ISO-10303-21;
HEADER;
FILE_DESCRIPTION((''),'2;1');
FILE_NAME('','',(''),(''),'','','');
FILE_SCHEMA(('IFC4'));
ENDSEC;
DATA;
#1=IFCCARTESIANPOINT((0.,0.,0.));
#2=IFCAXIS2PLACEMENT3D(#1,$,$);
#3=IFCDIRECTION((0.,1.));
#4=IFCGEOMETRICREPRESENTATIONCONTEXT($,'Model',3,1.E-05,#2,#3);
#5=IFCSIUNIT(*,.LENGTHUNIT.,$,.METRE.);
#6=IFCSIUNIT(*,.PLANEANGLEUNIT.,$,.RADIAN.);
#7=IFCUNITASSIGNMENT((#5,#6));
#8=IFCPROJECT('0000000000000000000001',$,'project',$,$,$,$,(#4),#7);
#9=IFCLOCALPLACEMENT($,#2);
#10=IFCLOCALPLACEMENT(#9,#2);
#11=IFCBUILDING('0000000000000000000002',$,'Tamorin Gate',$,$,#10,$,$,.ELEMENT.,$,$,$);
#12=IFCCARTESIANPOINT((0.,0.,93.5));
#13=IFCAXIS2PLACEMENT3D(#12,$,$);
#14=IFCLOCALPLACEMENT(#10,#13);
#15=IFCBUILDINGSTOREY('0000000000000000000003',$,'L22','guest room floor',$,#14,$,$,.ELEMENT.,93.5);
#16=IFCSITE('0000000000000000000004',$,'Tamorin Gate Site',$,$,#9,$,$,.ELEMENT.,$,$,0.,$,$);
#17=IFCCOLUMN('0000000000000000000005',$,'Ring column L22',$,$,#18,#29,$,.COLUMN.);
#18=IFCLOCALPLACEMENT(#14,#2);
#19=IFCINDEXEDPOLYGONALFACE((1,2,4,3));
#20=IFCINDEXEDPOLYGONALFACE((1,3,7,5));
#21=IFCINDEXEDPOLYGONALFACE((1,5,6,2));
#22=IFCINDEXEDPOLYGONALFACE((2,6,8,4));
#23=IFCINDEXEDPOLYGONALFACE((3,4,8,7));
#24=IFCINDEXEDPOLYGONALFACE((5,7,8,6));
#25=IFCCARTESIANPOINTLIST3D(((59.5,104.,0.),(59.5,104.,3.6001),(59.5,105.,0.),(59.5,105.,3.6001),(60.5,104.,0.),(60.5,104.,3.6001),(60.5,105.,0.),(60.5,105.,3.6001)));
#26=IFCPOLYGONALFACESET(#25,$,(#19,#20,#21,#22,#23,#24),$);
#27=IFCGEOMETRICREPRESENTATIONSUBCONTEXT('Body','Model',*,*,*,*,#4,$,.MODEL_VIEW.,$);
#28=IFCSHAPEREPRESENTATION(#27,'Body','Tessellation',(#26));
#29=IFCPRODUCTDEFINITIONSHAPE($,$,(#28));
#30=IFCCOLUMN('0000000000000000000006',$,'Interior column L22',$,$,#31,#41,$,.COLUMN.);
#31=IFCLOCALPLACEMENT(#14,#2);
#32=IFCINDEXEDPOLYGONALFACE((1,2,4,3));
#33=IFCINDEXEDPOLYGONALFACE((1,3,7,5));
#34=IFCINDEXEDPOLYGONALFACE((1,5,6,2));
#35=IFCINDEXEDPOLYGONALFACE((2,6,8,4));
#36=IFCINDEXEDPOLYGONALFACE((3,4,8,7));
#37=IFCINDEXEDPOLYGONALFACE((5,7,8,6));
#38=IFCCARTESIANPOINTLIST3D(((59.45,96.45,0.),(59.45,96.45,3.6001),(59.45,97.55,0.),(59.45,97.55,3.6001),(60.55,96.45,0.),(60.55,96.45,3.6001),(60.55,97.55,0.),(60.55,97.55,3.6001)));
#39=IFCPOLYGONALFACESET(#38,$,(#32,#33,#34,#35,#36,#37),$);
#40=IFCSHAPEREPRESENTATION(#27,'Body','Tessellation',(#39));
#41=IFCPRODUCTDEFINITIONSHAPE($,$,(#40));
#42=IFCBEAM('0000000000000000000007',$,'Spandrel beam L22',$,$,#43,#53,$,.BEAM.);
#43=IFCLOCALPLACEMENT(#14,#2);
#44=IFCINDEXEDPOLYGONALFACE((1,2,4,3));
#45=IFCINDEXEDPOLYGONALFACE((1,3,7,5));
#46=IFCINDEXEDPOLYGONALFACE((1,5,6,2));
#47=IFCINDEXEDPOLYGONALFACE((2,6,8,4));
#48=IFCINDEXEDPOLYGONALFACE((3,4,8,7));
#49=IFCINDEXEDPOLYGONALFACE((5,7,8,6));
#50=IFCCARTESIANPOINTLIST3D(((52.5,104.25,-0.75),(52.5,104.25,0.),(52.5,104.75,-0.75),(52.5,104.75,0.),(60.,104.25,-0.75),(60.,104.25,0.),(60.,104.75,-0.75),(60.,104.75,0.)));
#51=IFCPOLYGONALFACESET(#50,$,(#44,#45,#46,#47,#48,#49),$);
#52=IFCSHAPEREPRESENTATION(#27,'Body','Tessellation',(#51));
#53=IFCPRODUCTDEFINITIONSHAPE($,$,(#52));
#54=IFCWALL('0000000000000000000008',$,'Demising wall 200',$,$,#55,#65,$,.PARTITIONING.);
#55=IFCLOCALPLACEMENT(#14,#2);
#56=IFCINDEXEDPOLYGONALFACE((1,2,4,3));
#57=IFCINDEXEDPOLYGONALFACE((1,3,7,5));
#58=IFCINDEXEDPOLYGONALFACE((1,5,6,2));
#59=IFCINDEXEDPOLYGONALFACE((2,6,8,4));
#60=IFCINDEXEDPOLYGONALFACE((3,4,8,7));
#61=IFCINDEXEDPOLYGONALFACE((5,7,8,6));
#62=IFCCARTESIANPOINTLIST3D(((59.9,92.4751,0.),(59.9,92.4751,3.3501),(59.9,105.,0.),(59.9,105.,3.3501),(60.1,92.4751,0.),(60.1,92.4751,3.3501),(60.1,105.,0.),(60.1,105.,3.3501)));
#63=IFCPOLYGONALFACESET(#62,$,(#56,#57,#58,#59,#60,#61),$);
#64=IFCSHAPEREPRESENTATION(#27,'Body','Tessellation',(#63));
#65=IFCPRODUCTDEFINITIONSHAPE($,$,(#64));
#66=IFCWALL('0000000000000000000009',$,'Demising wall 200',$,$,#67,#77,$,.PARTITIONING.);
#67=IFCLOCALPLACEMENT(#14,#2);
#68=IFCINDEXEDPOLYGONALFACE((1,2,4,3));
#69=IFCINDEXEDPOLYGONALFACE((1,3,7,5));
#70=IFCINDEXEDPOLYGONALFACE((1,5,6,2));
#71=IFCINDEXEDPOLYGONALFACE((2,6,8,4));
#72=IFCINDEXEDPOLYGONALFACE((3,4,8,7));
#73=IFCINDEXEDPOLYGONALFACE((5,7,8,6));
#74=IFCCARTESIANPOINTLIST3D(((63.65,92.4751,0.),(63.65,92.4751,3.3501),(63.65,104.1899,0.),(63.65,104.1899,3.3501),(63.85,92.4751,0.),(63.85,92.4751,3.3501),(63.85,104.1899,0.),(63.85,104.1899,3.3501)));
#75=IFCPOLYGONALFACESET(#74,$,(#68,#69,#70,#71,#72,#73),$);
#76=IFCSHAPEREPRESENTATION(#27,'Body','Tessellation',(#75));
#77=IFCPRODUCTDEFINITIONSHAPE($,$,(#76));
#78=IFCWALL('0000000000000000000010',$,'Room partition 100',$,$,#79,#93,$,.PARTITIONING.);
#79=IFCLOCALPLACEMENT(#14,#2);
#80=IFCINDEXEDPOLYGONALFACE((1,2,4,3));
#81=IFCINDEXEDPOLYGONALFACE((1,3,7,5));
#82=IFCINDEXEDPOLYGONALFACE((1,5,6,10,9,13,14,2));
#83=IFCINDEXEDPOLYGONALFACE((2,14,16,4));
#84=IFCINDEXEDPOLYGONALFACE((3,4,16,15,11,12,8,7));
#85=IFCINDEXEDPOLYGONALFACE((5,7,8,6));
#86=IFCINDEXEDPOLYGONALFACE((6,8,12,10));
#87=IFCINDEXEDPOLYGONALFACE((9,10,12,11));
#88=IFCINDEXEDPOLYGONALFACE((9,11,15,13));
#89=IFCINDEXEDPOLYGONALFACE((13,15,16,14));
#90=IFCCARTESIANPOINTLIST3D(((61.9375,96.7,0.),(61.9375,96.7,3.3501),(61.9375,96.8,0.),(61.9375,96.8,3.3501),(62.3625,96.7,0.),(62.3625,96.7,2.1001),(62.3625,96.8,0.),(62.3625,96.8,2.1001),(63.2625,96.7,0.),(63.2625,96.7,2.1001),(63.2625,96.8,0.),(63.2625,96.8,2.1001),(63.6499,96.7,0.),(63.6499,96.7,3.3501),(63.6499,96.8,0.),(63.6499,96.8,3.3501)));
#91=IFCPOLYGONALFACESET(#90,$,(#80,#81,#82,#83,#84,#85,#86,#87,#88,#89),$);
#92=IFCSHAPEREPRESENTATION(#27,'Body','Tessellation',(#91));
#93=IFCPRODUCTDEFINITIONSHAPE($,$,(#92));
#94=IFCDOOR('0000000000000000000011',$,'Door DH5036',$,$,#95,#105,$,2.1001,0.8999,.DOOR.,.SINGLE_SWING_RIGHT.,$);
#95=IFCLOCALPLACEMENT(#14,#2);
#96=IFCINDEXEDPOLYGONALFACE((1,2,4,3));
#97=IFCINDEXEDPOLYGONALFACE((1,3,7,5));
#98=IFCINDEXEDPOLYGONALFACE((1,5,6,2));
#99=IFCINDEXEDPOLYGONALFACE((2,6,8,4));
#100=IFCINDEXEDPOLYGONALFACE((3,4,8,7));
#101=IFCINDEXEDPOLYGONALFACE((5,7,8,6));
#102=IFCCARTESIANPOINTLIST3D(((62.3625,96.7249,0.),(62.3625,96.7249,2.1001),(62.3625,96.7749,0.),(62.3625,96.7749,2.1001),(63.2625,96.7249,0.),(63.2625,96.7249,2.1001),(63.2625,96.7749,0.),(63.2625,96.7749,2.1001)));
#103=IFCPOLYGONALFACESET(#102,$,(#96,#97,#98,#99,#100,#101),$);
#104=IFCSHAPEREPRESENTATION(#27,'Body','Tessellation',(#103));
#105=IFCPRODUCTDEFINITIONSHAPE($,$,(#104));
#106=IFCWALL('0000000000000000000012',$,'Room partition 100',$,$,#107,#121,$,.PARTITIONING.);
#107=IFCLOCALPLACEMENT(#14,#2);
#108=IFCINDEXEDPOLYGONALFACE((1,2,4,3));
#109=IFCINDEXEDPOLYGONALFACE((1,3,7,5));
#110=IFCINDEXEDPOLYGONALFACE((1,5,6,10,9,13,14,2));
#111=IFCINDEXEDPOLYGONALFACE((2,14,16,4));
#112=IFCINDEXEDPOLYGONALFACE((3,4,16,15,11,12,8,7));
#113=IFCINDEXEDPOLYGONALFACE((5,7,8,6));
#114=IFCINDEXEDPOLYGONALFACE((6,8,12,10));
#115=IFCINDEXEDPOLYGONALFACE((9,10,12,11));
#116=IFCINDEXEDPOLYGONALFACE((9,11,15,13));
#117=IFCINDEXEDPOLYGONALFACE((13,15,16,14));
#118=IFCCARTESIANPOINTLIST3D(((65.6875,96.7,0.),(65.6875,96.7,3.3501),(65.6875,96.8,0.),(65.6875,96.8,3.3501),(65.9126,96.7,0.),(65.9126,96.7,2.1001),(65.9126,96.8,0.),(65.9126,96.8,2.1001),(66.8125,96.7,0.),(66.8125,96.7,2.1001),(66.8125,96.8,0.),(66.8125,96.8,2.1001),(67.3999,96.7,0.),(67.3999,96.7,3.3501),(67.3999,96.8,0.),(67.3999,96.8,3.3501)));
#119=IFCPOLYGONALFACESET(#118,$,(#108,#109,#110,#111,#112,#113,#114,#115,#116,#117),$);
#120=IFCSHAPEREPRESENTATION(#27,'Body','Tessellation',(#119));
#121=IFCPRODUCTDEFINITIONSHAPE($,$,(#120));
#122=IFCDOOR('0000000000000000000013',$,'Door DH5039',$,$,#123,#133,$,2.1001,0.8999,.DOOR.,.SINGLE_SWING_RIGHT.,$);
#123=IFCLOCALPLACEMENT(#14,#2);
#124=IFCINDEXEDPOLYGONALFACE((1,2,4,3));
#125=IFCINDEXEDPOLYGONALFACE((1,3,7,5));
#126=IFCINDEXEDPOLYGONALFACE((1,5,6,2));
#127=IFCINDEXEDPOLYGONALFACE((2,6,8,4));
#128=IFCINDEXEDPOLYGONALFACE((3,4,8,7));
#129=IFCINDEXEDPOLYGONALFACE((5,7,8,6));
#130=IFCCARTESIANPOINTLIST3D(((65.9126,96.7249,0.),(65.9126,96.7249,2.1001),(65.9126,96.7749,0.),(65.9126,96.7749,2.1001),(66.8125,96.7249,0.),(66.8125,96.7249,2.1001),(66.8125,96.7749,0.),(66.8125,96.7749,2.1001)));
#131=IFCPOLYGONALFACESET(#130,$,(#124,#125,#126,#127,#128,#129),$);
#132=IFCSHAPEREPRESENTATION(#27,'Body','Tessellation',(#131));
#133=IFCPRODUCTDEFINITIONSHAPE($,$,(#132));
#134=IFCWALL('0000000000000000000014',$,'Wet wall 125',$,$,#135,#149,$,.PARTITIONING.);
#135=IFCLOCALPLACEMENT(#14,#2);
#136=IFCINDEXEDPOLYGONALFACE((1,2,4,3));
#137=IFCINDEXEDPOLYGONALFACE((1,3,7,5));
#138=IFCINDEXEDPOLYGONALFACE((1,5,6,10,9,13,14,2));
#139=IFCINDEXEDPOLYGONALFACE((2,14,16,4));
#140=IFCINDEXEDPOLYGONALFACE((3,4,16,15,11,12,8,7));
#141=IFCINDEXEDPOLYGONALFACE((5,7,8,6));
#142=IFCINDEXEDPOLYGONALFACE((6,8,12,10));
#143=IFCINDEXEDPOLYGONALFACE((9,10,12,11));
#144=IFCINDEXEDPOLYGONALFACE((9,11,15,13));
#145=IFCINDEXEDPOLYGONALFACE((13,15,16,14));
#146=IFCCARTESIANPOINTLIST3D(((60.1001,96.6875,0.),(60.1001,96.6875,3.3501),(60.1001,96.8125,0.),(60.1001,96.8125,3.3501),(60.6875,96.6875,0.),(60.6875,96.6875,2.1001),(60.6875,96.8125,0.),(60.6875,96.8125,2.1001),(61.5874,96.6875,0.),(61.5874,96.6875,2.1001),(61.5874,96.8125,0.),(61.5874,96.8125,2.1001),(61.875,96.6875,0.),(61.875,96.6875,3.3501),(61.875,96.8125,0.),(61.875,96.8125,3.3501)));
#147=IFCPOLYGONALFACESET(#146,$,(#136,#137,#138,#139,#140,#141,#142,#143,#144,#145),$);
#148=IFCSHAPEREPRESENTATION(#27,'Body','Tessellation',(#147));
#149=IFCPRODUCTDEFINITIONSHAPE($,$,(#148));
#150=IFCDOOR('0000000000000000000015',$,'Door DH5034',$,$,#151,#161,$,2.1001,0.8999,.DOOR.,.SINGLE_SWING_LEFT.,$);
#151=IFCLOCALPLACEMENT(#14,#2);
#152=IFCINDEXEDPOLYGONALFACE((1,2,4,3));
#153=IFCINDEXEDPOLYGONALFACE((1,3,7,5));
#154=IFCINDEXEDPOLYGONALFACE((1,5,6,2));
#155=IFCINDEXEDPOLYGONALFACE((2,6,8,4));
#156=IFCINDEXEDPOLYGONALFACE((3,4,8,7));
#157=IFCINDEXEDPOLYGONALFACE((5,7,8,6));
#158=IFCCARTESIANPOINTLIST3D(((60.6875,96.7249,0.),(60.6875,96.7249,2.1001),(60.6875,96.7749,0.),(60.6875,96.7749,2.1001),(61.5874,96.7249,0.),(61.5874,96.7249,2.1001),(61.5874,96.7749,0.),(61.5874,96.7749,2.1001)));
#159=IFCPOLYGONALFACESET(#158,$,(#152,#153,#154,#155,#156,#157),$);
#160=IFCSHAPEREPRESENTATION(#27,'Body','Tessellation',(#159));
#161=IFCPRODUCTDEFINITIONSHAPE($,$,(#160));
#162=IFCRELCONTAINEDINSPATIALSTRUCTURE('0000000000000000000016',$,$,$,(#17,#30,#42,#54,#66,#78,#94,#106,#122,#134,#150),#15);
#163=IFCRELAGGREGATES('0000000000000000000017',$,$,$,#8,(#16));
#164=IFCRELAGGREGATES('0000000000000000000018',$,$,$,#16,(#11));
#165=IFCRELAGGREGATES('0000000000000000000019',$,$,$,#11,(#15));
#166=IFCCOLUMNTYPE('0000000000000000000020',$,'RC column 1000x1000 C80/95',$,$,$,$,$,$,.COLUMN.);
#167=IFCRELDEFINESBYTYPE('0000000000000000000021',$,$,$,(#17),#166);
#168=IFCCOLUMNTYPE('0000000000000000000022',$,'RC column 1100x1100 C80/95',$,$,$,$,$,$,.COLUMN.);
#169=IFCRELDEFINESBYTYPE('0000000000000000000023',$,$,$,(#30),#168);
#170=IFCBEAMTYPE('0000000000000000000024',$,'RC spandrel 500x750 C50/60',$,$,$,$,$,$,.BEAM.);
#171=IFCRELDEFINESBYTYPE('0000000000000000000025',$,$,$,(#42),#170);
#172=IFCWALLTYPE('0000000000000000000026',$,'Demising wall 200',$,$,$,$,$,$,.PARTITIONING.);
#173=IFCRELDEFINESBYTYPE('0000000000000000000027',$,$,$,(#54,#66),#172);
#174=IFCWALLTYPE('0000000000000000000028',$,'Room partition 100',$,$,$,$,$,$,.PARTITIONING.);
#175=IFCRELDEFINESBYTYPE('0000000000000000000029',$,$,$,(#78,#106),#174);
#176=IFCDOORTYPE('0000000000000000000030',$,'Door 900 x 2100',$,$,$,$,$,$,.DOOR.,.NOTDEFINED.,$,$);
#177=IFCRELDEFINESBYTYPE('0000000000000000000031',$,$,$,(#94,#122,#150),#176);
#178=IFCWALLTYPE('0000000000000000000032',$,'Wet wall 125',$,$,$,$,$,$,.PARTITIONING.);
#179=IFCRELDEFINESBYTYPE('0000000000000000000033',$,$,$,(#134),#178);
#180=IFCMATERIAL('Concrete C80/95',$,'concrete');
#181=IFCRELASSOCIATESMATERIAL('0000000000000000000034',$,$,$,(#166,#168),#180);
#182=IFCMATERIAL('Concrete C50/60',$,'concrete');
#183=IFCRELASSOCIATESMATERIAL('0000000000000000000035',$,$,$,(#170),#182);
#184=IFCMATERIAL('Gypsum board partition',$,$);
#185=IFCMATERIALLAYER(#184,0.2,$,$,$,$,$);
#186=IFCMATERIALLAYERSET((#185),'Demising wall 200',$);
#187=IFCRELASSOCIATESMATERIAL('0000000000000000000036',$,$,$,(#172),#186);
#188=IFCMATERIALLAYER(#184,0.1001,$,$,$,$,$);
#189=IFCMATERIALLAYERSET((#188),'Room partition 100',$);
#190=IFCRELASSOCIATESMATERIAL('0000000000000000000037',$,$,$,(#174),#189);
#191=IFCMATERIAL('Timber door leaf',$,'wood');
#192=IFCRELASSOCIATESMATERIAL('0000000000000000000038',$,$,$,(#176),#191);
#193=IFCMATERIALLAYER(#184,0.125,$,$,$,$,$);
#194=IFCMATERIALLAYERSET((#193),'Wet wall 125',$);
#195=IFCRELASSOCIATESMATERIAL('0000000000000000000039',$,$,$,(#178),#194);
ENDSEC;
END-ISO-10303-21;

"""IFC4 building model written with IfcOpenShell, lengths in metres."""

from ifc_helpers import new_model, si_unit, direction, frame, frame_2d, origin, origin_2d, place, context, subcontext, project, spatial, rectangle, extrude, material, layer, layer_set, material_profile, profile_set, type_object, element, fill, save


model = new_model("IFC4")

# Units and contexts
model_context = context("Model", 3, precision=1e-05, world=origin(), true_north=direction((0.0, 1.0)))
body_context = subcontext(model_context, "Body", "Model", "MODEL_VIEW")
ifc_project = project(units=[si_unit("LENGTHUNIT", "METRE"), si_unit("PLANEANGLEUNIT", "RADIAN")], contexts=[model_context])

# Site, building, storey
site_placement = place(None, origin())
site = spatial("IfcSite", under=ifc_project, at=site_placement, Name="Tamorin Gate Site", CompositionType="ELEMENT", RefElevation=0.0)
building_placement = place(site_placement, origin())
building = spatial("IfcBuilding", under=site, at=building_placement, Name="Tamorin Gate", CompositionType="ELEMENT")
storey_placement = place(building_placement, frame((0.0, 0.0, 93.5)))
storey = spatial("IfcBuildingStorey", under=building, at=storey_placement, Name="L22", Description="guest room floor", CompositionType="ELEMENT", Elevation=93.5)

# Columns
ifc_material_1 = material(Name="Concrete C80/95", Category="concrete")
ifc_material_profile_1 = material_profile(ifc_material_1, rectangle(XDim=1.0, YDim=1.0, at=origin_2d()), Name="RC 1000x1000")
ifc_profile_set_1 = profile_set([ifc_material_profile_1], Name="Concrete C80/95")
column_type_1 = type_object("IfcColumnType", Name="RC column 1000x1000 C80/95", PredefinedType="COLUMN", material=ifc_profile_set_1)
column_1_placement = place(storey_placement, frame((60.0, 104.5, 0.0), z_axis=(0.0, 0.0, 1.0), x_axis=(1.0, 0.0, 0.0)))
element("IfcColumn", 1, at=column_1_placement, inside=storey, type_object=column_type_1, Name="Ring column L22", PredefinedType="COLUMN", context=body_context, shape_type="SweptSolid", body=[
    extrude(rectangle(XDim=1.0, YDim=1.0, at=origin_2d()), origin(), (0.0, 0.0, 1.0), 3.6001),
])
ifc_material_profile_2 = material_profile(ifc_material_1, rectangle(XDim=1.1001, YDim=1.1001, at=origin_2d()), Name="RC 1100x1100")
ifc_profile_set_2 = profile_set([ifc_material_profile_2], Name="Concrete C80/95")
column_type_2 = type_object("IfcColumnType", Name="RC column 1100x1100 C80/95", PredefinedType="COLUMN", material=ifc_profile_set_2)
column_2_placement = place(storey_placement, frame((60.0, 97.0, 0.0), z_axis=(0.0, 0.0, 1.0), x_axis=(1.0, 0.0, 0.0)))
element("IfcColumn", 2, at=column_2_placement, inside=storey, type_object=column_type_2, Name="Interior column L22", PredefinedType="COLUMN", context=body_context, shape_type="SweptSolid", body=[
    extrude(rectangle(XDim=1.1001, YDim=1.1001, at=origin_2d()), origin(), (0.0, 0.0, 1.0), 3.6001),
])

# Beam
ifc_material_2 = material(Name="Concrete C50/60", Category="concrete")
ifc_material_profile_3 = material_profile(ifc_material_2, rectangle(XDim=0.5, YDim=0.75, at=origin_2d()), Name="RC 500x750")
ifc_profile_set_3 = profile_set([ifc_material_profile_3], Name="Concrete C50/60")
beam_type = type_object("IfcBeamType", Name="RC spandrel 500x750 C50/60", PredefinedType="BEAM", material=ifc_profile_set_3)
beam_placement = place(storey_placement, frame((60.0, 104.5, -0.375), z_axis=(-1.0, 0.0, 0.0), x_axis=(0.0, -1.0, 0.0)))
element("IfcBeam", 3, at=beam_placement, inside=storey, type_object=beam_type, Name="Spandrel beam L22", PredefinedType="BEAM", context=body_context, shape_type="SweptSolid", body=[
    extrude(rectangle(XDim=0.5, YDim=0.75, at=origin_2d()), origin(), (0.0, 0.0, 1.0), 7.5),
])

# Walls
ifc_material_3 = material(Name="Gypsum board partition")
ifc_layer_1 = layer(ifc_material_3, 0.2)
ifc_layer_set_1 = layer_set([ifc_layer_1], Name="Demising wall 200")
wall_type_1 = type_object("IfcWallType", Name="Demising wall 200", PredefinedType="PARTITIONING", material=ifc_layer_set_1)
wall_1_placement = place(storey_placement, frame((60.0, 92.4751, 0.0), z_axis=(0.0, 0.0, 1.0), x_axis=(0.0, 1.0, 0.0)))
element("IfcWall", 4, at=wall_1_placement, inside=storey, type_object=wall_type_1, Name="Demising wall 200", PredefinedType="PARTITIONING", context=body_context, shape_type="SweptSolid", body=[
    extrude(rectangle(XDim=12.5249, YDim=0.2, at=frame_2d((6.2625, 0.0))), origin(), (0.0, 0.0, 1.0), 3.3501),
])
wall_2_placement = place(storey_placement, frame((63.75, 92.4751, 0.0), z_axis=(0.0, 0.0, 1.0), x_axis=(0.0, 1.0, 0.0)))
element("IfcWall", 5, at=wall_2_placement, inside=storey, type_object=wall_type_1, Name="Demising wall 200", PredefinedType="PARTITIONING", context=body_context, shape_type="SweptSolid", body=[
    extrude(rectangle(XDim=11.7148, YDim=0.2, at=frame_2d((5.8574, 0.0))), origin(), (0.0, 0.0, 1.0), 3.3501),
])

# Walls, openings, doors
ifc_layer_2 = layer(ifc_material_3, 0.1001)
ifc_layer_set_2 = layer_set([ifc_layer_2], Name="Room partition 100")
wall_type_2 = type_object("IfcWallType", Name="Room partition 100", PredefinedType="PARTITIONING", material=ifc_layer_set_2)
wall_3_placement = place(storey_placement, frame((61.9375, 96.75, 0.0), z_axis=(0.0, 0.0, 1.0), x_axis=(1.0, 0.0, 0.0)))
wall_3 = element("IfcWall", 6, at=wall_3_placement, inside=storey, type_object=wall_type_2, Name="Room partition 100", PredefinedType="PARTITIONING", context=body_context, shape_type="SweptSolid", body=[
    extrude(rectangle(XDim=1.7124, YDim=0.1001, at=frame_2d((0.8562, 0.0))), origin(), (0.0, 0.0, 1.0), 3.3501),
])
opening_1_placement = place(wall_3_placement, frame((0.425, 0.0, 0.0)))
opening_1 = element("IfcOpeningElement", 7, at=opening_1_placement, cuts=wall_3, PredefinedType="OPENING", context=body_context, shape_type="SweptSolid", body=[
    extrude(rectangle(XDim=0.8999, YDim=2.1001, at=frame_2d((0.45, 1.05))), frame((0.0, 0.0601, 0.0), z_axis=(0.0, -1.0, 0.0), x_axis=(1.0, 0.0, 0.0)), (0.0, 0.0, 1.0), 0.1201),
])
ifc_material_4 = material(Name="Timber door leaf", Category="wood")
door_type = type_object("IfcDoorType", Name="Door 900 x 2100", OperationType="NOTDEFINED", PredefinedType="DOOR", material=ifc_material_4)
door_1_placement = place(opening_1_placement, origin())
door_1 = element("IfcDoor", 8, at=door_1_placement, inside=storey, type_object=door_type, Name="Door DH5036", OperationType="SINGLE_SWING_RIGHT", OverallHeight=2.1001, OverallWidth=0.8999, PredefinedType="DOOR", context=body_context, shape_type="SweptSolid", body=[
    extrude(rectangle(XDim=0.8999, YDim=2.1001, at=frame_2d((0.45, 1.05))), frame((0.0, 0.0249, 0.0), z_axis=(0.0, -1.0, 0.0), x_axis=(1.0, 0.0, 0.0)), (0.0, 0.0, 1.0), 0.05),
])
fill(opening_1, door_1)
wall_4_placement = place(storey_placement, frame((65.6875, 96.75, 0.0), z_axis=(0.0, 0.0, 1.0), x_axis=(1.0, 0.0, 0.0)))
wall_4 = element("IfcWall", 9, at=wall_4_placement, inside=storey, type_object=wall_type_2, Name="Room partition 100", PredefinedType="PARTITIONING", context=body_context, shape_type="SweptSolid", body=[
    extrude(rectangle(XDim=1.7124, YDim=0.1001, at=frame_2d((0.8562, 0.0))), origin(), (0.0, 0.0, 1.0), 3.3501),
])
opening_2_placement = place(wall_4_placement, frame((0.2251, 0.0, 0.0)))
opening_2 = element("IfcOpeningElement", 10, at=opening_2_placement, cuts=wall_4, PredefinedType="OPENING", context=body_context, shape_type="SweptSolid", body=[
    extrude(rectangle(XDim=0.8999, YDim=2.1001, at=frame_2d((0.45, 1.05))), frame((0.0, 0.0601, 0.0), z_axis=(0.0, -1.0, 0.0), x_axis=(1.0, 0.0, 0.0)), (0.0, 0.0, 1.0), 0.1201),
])
door_2_placement = place(opening_2_placement, origin())
door_2 = element("IfcDoor", 11, at=door_2_placement, inside=storey, type_object=door_type, Name="Door DH5039", OperationType="SINGLE_SWING_RIGHT", OverallHeight=2.1001, OverallWidth=0.8999, PredefinedType="DOOR", context=body_context, shape_type="SweptSolid", body=[
    extrude(rectangle(XDim=0.8999, YDim=2.1001, at=frame_2d((0.45, 1.05))), frame((0.0, 0.0249, 0.0), z_axis=(0.0, -1.0, 0.0), x_axis=(1.0, 0.0, 0.0)), (0.0, 0.0, 1.0), 0.05),
])
fill(opening_2, door_2)
ifc_layer_3 = layer(ifc_material_3, 0.125)
ifc_layer_set_3 = layer_set([ifc_layer_3], Name="Wet wall 125")
wall_type_3 = type_object("IfcWallType", Name="Wet wall 125", PredefinedType="PARTITIONING", material=ifc_layer_set_3)
wall_5_placement = place(storey_placement, frame((60.1001, 96.75, 0.0), z_axis=(0.0, 0.0, 1.0), x_axis=(1.0, 0.0, 0.0)))
wall_5 = element("IfcWall", 12, at=wall_5_placement, inside=storey, type_object=wall_type_3, Name="Wet wall 125", PredefinedType="PARTITIONING", context=body_context, shape_type="SweptSolid", body=[
    extrude(rectangle(XDim=1.7749, YDim=0.125, at=frame_2d((0.8875, 0.0))), origin(), (0.0, 0.0, 1.0), 3.3501),
])
opening_3_placement = place(wall_5_placement, frame((0.5874, 0.0, 0.0)))
opening_3 = element("IfcOpeningElement", 13, at=opening_3_placement, cuts=wall_5, PredefinedType="OPENING", context=body_context, shape_type="SweptSolid", body=[
    extrude(rectangle(XDim=0.8999, YDim=2.1001, at=frame_2d((0.45, 1.05))), frame((0.0, 0.0725, 0.0), z_axis=(0.0, -1.0, 0.0), x_axis=(1.0, 0.0, 0.0)), (0.0, 0.0, 1.0), 0.145),
])
door_3_placement = place(opening_3_placement, origin())
door_3 = element("IfcDoor", 14, at=door_3_placement, inside=storey, type_object=door_type, Name="Door DH5034", OperationType="SINGLE_SWING_LEFT", OverallHeight=2.1001, OverallWidth=0.8999, PredefinedType="DOOR", context=body_context, shape_type="SweptSolid", body=[
    extrude(rectangle(XDim=0.8999, YDim=2.1001, at=frame_2d((0.45, 1.05))), frame((0.0, 0.0249, 0.0), z_axis=(0.0, -1.0, 0.0), x_axis=(1.0, 0.0, 0.0)), (0.0, 0.0, 1.0), 0.05),
])
fill(opening_3, door_3)

save(model, "model.ifc")
